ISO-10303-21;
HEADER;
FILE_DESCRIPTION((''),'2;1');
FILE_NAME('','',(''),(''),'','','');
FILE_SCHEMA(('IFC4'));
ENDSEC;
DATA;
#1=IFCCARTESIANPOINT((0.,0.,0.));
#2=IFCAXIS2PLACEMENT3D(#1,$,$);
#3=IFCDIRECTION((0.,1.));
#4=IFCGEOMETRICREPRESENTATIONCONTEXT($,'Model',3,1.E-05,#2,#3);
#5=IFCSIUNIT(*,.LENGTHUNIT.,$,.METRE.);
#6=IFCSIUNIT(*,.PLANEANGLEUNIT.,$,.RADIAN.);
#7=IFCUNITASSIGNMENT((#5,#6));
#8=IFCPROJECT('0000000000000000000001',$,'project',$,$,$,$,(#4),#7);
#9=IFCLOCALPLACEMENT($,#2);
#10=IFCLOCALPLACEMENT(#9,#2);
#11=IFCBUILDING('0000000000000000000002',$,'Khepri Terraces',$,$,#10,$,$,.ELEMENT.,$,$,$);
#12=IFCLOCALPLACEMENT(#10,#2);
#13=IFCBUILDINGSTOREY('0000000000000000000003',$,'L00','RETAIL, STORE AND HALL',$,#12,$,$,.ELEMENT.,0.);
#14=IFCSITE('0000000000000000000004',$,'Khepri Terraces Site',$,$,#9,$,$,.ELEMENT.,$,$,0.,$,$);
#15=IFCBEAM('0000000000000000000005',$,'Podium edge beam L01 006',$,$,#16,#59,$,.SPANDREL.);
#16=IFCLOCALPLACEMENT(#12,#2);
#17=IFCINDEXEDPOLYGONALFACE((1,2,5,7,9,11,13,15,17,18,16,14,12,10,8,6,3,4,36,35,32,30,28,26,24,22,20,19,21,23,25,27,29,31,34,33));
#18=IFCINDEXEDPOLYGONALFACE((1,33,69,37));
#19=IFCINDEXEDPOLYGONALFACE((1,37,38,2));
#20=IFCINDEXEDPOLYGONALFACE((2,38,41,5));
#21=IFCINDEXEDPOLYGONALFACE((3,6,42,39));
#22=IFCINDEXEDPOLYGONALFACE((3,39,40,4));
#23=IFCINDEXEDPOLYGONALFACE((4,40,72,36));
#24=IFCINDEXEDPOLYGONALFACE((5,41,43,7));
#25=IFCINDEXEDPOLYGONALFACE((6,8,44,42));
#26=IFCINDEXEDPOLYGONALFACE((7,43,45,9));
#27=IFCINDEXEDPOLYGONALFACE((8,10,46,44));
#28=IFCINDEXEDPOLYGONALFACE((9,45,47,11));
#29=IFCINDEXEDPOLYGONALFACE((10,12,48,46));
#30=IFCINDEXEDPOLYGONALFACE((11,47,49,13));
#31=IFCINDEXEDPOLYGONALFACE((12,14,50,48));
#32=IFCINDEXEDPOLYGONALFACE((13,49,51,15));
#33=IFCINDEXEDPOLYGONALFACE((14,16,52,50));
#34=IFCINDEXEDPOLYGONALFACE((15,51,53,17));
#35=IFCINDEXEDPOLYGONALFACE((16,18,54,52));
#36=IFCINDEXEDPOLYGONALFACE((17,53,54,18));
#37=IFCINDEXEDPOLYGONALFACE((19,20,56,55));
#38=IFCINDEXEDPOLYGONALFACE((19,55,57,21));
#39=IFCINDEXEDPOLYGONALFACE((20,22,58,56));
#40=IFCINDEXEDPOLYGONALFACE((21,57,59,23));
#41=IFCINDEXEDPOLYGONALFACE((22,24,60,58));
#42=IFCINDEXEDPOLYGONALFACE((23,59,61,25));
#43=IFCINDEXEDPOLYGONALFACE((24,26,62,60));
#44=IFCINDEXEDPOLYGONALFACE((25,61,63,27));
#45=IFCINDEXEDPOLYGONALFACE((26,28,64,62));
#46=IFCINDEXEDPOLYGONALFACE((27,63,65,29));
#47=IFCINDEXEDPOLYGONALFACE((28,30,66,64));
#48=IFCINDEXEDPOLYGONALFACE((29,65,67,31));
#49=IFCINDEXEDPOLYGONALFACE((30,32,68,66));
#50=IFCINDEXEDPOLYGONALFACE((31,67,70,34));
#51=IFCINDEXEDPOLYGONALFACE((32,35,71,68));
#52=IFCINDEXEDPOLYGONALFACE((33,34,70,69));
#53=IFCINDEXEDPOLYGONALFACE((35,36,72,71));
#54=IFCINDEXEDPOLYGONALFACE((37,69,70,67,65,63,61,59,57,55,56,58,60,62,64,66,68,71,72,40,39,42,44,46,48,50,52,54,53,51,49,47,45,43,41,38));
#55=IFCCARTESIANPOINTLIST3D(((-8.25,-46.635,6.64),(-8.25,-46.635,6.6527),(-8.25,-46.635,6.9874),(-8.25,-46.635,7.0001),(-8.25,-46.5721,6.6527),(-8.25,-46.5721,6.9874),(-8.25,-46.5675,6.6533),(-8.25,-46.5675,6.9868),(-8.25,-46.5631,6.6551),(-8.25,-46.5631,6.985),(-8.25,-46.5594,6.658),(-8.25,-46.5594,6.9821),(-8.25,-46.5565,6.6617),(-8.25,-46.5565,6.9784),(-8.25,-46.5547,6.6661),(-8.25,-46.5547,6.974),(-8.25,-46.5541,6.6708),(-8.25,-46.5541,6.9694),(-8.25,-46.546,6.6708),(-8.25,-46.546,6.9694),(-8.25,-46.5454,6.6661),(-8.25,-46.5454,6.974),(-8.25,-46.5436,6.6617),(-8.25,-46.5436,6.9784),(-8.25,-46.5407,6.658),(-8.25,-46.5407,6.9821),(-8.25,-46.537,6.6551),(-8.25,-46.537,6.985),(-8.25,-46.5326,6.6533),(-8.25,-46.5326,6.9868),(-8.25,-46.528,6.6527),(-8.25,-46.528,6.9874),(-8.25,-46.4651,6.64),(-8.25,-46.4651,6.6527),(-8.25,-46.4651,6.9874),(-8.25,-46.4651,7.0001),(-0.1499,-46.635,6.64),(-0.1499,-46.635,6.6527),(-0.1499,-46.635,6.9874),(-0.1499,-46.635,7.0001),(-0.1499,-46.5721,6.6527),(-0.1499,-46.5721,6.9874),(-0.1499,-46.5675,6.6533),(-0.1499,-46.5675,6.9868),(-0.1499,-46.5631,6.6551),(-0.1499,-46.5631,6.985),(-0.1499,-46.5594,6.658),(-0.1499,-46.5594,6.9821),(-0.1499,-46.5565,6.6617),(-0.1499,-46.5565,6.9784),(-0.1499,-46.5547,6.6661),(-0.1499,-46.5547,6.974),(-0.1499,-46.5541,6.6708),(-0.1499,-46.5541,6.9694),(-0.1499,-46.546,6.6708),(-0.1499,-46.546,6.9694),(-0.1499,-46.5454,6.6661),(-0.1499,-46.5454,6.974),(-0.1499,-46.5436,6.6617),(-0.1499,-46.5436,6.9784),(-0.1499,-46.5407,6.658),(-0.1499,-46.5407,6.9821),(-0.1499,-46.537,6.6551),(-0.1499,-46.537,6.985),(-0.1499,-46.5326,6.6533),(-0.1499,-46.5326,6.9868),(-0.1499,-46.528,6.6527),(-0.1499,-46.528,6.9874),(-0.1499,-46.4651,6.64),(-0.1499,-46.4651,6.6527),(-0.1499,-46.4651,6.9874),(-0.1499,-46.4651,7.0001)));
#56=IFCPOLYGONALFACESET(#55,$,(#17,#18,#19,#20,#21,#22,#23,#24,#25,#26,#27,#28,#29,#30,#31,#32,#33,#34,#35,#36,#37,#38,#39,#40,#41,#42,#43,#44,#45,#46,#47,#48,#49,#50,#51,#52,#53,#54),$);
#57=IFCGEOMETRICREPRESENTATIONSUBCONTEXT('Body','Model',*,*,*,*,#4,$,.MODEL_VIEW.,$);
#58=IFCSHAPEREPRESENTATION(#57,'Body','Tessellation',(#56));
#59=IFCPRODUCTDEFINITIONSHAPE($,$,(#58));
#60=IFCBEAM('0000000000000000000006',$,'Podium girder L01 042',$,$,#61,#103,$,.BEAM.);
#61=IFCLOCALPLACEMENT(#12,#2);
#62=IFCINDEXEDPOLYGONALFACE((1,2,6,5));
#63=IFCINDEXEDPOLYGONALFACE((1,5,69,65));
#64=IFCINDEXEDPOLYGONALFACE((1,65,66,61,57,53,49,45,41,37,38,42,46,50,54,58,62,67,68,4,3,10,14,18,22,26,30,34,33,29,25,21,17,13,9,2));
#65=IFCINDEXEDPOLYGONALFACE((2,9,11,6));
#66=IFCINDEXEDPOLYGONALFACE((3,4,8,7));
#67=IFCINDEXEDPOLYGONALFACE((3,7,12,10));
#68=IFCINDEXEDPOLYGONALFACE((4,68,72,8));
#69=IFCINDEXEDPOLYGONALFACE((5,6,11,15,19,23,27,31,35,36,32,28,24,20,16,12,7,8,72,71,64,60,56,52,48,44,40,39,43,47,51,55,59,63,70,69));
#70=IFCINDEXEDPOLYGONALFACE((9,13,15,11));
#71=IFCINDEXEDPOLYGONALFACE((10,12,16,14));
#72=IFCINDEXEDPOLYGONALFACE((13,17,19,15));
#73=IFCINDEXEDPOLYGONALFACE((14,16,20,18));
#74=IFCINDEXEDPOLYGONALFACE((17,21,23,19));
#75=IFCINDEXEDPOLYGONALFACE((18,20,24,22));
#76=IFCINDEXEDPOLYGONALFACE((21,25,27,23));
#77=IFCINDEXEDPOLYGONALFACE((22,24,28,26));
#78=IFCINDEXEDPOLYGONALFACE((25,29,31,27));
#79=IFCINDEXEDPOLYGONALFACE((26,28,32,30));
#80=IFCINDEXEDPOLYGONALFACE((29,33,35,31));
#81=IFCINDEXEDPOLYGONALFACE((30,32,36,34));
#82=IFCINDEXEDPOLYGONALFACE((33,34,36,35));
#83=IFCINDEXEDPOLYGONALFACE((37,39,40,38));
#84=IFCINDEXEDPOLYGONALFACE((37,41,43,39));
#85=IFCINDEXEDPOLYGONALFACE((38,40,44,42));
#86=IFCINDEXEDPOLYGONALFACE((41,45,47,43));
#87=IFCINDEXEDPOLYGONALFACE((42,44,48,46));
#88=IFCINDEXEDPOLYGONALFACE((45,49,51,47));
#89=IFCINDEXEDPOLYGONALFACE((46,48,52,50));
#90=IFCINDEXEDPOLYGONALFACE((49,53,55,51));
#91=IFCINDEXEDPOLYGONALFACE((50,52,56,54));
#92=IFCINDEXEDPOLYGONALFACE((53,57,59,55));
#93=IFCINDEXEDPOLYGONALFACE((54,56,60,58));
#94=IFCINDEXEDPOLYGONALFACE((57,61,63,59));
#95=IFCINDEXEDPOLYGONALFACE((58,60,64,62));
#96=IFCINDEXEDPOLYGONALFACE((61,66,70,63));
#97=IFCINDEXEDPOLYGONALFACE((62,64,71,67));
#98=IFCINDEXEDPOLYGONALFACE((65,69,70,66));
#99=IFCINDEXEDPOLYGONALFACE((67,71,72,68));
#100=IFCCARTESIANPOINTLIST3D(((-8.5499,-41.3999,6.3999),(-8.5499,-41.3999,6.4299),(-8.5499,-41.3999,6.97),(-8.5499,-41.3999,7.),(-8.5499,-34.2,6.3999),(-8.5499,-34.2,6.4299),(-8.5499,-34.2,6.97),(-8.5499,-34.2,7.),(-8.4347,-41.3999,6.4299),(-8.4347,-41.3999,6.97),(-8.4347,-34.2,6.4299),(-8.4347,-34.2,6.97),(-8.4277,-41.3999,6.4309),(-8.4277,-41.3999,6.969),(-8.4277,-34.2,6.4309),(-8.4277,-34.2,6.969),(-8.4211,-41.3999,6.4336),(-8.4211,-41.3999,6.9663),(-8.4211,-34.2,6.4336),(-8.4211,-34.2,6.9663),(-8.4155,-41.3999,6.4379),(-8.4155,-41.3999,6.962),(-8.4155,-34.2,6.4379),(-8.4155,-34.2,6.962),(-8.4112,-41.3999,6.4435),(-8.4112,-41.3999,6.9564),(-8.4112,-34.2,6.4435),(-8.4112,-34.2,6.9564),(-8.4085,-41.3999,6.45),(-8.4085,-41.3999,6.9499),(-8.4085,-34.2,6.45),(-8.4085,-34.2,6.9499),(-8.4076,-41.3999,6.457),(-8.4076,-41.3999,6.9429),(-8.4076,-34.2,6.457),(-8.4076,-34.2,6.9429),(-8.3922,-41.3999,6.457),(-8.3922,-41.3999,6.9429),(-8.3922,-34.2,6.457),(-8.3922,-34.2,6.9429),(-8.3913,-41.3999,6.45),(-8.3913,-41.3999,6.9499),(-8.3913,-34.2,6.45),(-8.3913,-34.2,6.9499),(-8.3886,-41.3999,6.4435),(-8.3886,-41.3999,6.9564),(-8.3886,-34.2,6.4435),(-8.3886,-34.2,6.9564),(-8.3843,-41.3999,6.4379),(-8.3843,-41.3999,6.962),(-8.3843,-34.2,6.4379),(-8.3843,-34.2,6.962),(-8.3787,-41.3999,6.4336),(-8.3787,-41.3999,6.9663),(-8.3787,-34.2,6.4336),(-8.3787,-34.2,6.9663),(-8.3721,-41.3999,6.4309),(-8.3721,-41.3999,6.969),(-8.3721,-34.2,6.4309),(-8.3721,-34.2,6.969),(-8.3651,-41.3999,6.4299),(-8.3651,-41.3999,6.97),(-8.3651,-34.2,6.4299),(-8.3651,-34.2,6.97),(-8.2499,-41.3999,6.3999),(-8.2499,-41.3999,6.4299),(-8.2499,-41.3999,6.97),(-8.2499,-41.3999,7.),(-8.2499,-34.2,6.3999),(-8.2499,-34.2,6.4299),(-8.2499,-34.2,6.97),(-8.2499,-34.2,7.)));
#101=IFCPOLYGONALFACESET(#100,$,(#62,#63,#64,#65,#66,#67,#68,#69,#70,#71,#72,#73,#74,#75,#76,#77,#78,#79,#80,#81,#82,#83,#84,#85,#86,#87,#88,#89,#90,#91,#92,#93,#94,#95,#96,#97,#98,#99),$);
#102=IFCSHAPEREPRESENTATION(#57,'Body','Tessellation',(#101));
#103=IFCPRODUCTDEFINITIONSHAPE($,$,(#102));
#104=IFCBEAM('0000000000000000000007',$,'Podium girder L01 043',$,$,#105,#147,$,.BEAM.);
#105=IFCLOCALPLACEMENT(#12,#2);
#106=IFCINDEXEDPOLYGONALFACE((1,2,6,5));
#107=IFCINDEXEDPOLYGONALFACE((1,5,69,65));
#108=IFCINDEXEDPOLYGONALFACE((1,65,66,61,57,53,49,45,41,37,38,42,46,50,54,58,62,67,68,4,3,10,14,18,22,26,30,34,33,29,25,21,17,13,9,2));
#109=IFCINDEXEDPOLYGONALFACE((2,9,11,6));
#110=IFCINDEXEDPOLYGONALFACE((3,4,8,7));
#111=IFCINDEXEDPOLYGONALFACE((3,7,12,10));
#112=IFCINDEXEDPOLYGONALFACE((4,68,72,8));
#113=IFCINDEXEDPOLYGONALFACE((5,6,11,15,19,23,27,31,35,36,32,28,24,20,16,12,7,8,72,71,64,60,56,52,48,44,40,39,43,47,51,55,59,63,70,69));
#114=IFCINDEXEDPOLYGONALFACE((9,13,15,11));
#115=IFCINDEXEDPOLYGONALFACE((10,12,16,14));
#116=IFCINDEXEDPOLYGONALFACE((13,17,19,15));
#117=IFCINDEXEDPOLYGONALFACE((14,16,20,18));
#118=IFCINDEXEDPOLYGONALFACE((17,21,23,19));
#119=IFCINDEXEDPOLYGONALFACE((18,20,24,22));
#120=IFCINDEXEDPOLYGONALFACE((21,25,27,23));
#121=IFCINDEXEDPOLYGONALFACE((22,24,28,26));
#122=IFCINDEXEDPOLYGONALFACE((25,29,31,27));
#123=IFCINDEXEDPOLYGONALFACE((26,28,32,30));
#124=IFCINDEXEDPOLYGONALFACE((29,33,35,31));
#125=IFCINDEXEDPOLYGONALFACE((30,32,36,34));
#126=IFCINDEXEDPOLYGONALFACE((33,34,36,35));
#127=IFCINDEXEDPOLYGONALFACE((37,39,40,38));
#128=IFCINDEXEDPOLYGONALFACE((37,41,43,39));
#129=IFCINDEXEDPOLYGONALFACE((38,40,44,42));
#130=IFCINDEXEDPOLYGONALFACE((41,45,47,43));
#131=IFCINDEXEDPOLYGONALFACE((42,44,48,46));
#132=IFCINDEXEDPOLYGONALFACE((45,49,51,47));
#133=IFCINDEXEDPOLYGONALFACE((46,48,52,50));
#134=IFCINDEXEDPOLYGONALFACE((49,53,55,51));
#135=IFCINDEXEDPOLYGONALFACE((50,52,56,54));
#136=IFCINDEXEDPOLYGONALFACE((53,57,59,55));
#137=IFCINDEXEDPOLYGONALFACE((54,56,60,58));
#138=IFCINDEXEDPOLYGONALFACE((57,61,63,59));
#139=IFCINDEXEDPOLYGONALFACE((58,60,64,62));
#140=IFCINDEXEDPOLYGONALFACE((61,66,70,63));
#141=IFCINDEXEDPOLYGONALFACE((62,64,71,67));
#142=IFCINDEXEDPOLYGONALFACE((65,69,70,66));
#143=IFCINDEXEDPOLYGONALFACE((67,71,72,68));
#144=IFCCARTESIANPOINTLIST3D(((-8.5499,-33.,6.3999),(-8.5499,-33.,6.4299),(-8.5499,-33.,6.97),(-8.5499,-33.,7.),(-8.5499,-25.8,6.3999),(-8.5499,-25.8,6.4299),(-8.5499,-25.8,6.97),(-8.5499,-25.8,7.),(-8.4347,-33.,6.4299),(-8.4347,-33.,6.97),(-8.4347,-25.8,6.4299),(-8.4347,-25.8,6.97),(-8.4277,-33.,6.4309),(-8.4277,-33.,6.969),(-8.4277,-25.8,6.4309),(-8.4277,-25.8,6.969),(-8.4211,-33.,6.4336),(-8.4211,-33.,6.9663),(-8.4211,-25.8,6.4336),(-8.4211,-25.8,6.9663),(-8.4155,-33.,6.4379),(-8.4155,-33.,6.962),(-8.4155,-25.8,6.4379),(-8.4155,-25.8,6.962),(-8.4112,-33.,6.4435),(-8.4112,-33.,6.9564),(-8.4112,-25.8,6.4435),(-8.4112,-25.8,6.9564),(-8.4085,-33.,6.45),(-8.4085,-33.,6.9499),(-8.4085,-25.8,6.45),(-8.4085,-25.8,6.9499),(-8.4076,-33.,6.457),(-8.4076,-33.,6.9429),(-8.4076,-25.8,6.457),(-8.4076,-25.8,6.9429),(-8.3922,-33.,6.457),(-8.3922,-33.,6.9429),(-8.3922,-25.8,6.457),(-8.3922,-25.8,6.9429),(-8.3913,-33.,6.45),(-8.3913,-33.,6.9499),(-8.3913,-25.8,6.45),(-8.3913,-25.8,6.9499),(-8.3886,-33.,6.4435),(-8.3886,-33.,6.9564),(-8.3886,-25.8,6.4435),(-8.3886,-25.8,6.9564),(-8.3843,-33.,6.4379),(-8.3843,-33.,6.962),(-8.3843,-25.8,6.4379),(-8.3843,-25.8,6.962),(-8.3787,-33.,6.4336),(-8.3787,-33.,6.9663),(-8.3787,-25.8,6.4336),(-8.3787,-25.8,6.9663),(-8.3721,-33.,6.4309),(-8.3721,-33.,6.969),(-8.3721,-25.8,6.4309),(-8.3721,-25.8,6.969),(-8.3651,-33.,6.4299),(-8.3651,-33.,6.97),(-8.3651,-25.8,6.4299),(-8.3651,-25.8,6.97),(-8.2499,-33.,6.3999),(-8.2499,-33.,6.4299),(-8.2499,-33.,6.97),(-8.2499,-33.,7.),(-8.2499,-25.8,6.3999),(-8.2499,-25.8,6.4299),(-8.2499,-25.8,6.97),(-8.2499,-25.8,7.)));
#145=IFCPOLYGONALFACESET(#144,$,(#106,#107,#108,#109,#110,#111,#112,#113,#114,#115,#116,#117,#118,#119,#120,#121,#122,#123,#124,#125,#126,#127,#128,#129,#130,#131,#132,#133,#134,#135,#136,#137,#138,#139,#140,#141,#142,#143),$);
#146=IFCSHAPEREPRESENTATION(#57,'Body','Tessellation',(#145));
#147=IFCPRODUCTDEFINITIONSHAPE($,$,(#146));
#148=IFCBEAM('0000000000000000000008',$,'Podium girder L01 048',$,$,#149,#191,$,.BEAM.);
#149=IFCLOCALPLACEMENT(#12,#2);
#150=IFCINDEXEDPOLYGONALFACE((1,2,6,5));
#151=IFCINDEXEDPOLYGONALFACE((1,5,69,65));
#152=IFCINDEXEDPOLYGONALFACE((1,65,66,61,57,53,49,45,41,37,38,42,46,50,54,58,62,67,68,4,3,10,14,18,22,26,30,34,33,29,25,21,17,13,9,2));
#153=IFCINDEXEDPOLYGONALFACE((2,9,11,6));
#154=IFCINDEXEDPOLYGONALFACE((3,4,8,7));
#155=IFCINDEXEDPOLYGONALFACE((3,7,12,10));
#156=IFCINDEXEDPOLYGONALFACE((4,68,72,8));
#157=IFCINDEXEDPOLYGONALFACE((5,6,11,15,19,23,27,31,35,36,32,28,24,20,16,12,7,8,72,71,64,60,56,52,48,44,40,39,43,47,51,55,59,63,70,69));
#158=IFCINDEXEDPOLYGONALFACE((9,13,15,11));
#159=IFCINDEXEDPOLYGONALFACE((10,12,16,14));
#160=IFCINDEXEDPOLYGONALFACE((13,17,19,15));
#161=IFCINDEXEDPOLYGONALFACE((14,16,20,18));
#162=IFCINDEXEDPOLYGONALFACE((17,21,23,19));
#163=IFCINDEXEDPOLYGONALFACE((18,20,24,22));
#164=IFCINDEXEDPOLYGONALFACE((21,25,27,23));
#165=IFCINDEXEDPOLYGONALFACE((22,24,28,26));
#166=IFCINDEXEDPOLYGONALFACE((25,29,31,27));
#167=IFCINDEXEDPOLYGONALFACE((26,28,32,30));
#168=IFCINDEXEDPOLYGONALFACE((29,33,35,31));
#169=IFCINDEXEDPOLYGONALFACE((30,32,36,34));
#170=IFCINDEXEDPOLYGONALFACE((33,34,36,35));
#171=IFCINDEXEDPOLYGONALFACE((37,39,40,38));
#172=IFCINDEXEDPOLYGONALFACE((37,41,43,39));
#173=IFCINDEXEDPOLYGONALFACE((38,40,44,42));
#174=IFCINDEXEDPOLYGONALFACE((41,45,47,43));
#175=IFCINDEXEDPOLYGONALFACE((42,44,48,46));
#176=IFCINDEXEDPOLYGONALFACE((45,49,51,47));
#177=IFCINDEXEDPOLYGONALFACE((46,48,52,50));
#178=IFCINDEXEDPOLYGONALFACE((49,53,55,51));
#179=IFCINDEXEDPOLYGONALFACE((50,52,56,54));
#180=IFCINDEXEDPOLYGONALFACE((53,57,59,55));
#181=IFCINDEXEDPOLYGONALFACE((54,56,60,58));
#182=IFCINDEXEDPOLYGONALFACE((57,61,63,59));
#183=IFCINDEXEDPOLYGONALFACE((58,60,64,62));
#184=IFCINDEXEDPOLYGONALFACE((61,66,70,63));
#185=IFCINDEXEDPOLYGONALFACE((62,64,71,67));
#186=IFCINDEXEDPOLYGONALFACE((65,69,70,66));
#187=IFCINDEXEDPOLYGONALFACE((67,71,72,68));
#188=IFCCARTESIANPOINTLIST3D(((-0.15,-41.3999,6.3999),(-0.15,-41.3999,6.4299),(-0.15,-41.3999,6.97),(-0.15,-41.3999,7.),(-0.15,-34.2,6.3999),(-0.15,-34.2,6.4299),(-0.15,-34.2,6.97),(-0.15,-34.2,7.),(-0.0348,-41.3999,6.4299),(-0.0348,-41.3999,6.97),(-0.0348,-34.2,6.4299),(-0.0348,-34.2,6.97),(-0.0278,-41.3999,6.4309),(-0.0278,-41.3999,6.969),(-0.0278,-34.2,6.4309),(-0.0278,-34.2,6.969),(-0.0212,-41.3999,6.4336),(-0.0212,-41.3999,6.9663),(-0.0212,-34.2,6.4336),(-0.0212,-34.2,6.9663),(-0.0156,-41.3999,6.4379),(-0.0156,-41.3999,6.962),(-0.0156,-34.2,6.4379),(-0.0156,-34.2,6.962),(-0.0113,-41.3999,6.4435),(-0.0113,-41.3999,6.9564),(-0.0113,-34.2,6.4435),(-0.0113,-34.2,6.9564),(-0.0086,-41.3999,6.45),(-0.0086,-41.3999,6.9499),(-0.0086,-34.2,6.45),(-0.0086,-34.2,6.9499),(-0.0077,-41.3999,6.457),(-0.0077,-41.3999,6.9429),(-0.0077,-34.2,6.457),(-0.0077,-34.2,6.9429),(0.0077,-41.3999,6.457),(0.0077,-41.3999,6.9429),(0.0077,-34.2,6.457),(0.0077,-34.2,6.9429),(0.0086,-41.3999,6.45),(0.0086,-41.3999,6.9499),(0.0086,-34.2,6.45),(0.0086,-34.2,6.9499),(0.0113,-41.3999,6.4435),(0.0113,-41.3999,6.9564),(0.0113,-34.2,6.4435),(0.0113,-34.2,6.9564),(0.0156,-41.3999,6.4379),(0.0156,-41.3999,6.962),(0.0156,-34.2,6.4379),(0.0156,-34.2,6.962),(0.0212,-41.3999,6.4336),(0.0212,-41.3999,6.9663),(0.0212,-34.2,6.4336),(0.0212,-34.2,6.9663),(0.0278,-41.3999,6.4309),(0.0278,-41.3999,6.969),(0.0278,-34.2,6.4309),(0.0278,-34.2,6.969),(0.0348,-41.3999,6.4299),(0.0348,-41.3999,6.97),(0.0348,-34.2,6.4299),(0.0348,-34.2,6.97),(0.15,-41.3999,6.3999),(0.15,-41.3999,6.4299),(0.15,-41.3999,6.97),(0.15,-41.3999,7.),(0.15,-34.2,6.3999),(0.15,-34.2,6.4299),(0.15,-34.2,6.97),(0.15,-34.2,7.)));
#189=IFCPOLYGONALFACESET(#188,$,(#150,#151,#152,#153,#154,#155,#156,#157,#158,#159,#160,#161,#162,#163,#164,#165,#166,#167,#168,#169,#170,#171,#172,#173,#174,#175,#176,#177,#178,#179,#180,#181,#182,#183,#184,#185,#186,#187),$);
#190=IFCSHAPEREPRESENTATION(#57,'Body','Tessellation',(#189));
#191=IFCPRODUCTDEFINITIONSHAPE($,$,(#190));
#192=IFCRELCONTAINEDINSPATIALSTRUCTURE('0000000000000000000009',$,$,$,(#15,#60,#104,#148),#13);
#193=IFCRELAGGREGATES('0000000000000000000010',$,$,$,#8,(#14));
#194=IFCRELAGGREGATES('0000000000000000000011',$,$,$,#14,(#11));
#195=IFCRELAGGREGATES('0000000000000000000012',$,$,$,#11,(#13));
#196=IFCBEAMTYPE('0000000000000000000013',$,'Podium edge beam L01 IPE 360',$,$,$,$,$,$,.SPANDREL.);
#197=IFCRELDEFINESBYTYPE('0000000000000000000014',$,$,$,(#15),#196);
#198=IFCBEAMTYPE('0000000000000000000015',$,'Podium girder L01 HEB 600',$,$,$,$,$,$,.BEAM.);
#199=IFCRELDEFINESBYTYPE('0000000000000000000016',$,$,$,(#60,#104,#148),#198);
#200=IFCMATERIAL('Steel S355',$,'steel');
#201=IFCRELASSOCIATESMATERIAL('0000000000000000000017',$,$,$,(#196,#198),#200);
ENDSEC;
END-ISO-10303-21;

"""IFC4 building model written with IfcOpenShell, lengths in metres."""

from ifc_helpers import new_model, si_unit, direction, frame, origin, origin_2d, place, context, subcontext, project, spatial, i_section, extrude, material, material_profile, profile_set, type_object, element, save


model = new_model("IFC4")

# Units and contexts
model_context = context("Model", 3, precision=1e-05, world=origin(), true_north=direction((0.0, 1.0)))
body_context = subcontext(model_context, "Body", "Model", "MODEL_VIEW")
ifc_project = project(units=[si_unit("LENGTHUNIT", "METRE"), si_unit("PLANEANGLEUNIT", "RADIAN")], contexts=[model_context])

# Site, building, storey
site_placement = place(None, origin())
site = spatial("IfcSite", under=ifc_project, at=site_placement, Name="Khepri Terraces Site", CompositionType="ELEMENT", RefElevation=0.0)
building_placement = place(site_placement, origin())
building = spatial("IfcBuilding", under=site, at=building_placement, Name="Khepri Terraces", CompositionType="ELEMENT")
storey_placement = place(building_placement, origin())
storey = spatial("IfcBuildingStorey", under=building, at=storey_placement, Name="L00", Description="RETAIL, STORE AND HALL", CompositionType="ELEMENT", Elevation=0.0)

# Beams
ifc_material_1 = material(Name="Steel S355", Category="steel")
ifc_material_profile_1 = material_profile(ifc_material_1, i_section(OverallWidth=0.1699, OverallDepth=0.3601, WebThickness=0.0081, FlangeThickness=0.0127, FilletRadius=0.0181, at=origin_2d()), Name="Steel S355", Category="steel")
ifc_profile_set_1 = profile_set([ifc_material_profile_1], Name="Steel S355")
beam_type_1 = type_object("IfcBeamType", Name="Podium edge beam L01 IPE 360", PredefinedType="SPANDREL", material=ifc_profile_set_1)
beam_placement = place(storey_placement, frame((-8.25, -46.55, 6.8201), z_axis=(1.0, 0.0, 0.0), x_axis=(0.0, 1.0, 0.0)))
element("IfcBeam", 1, at=beam_placement, inside=storey, type_object=beam_type_1, Name="Podium edge beam L01 006", PredefinedType="SPANDREL", context=body_context, shape_type="SweptSolid", body=[
    extrude(i_section(OverallWidth=0.1699, OverallDepth=0.3601, WebThickness=0.0081, FlangeThickness=0.0127, FilletRadius=0.0181, at=origin_2d()), origin(), (0.0, 0.0, 1.0), 8.1001),
])
ifc_material_profile_2 = material_profile(ifc_material_1, i_section(OverallWidth=0.3, OverallDepth=0.6001, WebThickness=0.0154, FlangeThickness=0.03, FilletRadius=0.0271, at=origin_2d()), Name="Steel S355", Category="steel")
ifc_profile_set_2 = profile_set([ifc_material_profile_2], Name="Steel S355")
beam_type_2 = type_object("IfcBeamType", Name="Podium girder L01 HEB 600", PredefinedType="BEAM", material=ifc_profile_set_2)
for number, where, z_axis, x_axis, name in (
    (2, (-8.3999, -41.3999, 6.7), (0.0, 1.0, 0.0), (-1.0, 0.0, 0.0), "Podium girder L01 042"),
    (3, (-8.3999, -33.0, 6.7), (0.0, 1.0, 0.0), (-1.0, 0.0, 0.0), "Podium girder L01 043"),
    (4, (0.0, -41.3999, 6.7), (0.0, 1.0, 0.0), (-1.0, 0.0, 0.0), "Podium girder L01 048"),
):
    element("IfcBeam", number, at=place(storey_placement, frame(where, z_axis=z_axis, x_axis=x_axis)), inside=storey, type_object=beam_type_2, Name=name, PredefinedType="BEAM", context=body_context, shape_type="SweptSolid", body=[
        extrude(i_section(OverallWidth=0.3, OverallDepth=0.6001, WebThickness=0.0154, FlangeThickness=0.03, FilletRadius=0.0271, at=origin_2d()), origin(), (0.0, 0.0, 1.0), 7.2),
    ])

save(model, "model.ifc")
